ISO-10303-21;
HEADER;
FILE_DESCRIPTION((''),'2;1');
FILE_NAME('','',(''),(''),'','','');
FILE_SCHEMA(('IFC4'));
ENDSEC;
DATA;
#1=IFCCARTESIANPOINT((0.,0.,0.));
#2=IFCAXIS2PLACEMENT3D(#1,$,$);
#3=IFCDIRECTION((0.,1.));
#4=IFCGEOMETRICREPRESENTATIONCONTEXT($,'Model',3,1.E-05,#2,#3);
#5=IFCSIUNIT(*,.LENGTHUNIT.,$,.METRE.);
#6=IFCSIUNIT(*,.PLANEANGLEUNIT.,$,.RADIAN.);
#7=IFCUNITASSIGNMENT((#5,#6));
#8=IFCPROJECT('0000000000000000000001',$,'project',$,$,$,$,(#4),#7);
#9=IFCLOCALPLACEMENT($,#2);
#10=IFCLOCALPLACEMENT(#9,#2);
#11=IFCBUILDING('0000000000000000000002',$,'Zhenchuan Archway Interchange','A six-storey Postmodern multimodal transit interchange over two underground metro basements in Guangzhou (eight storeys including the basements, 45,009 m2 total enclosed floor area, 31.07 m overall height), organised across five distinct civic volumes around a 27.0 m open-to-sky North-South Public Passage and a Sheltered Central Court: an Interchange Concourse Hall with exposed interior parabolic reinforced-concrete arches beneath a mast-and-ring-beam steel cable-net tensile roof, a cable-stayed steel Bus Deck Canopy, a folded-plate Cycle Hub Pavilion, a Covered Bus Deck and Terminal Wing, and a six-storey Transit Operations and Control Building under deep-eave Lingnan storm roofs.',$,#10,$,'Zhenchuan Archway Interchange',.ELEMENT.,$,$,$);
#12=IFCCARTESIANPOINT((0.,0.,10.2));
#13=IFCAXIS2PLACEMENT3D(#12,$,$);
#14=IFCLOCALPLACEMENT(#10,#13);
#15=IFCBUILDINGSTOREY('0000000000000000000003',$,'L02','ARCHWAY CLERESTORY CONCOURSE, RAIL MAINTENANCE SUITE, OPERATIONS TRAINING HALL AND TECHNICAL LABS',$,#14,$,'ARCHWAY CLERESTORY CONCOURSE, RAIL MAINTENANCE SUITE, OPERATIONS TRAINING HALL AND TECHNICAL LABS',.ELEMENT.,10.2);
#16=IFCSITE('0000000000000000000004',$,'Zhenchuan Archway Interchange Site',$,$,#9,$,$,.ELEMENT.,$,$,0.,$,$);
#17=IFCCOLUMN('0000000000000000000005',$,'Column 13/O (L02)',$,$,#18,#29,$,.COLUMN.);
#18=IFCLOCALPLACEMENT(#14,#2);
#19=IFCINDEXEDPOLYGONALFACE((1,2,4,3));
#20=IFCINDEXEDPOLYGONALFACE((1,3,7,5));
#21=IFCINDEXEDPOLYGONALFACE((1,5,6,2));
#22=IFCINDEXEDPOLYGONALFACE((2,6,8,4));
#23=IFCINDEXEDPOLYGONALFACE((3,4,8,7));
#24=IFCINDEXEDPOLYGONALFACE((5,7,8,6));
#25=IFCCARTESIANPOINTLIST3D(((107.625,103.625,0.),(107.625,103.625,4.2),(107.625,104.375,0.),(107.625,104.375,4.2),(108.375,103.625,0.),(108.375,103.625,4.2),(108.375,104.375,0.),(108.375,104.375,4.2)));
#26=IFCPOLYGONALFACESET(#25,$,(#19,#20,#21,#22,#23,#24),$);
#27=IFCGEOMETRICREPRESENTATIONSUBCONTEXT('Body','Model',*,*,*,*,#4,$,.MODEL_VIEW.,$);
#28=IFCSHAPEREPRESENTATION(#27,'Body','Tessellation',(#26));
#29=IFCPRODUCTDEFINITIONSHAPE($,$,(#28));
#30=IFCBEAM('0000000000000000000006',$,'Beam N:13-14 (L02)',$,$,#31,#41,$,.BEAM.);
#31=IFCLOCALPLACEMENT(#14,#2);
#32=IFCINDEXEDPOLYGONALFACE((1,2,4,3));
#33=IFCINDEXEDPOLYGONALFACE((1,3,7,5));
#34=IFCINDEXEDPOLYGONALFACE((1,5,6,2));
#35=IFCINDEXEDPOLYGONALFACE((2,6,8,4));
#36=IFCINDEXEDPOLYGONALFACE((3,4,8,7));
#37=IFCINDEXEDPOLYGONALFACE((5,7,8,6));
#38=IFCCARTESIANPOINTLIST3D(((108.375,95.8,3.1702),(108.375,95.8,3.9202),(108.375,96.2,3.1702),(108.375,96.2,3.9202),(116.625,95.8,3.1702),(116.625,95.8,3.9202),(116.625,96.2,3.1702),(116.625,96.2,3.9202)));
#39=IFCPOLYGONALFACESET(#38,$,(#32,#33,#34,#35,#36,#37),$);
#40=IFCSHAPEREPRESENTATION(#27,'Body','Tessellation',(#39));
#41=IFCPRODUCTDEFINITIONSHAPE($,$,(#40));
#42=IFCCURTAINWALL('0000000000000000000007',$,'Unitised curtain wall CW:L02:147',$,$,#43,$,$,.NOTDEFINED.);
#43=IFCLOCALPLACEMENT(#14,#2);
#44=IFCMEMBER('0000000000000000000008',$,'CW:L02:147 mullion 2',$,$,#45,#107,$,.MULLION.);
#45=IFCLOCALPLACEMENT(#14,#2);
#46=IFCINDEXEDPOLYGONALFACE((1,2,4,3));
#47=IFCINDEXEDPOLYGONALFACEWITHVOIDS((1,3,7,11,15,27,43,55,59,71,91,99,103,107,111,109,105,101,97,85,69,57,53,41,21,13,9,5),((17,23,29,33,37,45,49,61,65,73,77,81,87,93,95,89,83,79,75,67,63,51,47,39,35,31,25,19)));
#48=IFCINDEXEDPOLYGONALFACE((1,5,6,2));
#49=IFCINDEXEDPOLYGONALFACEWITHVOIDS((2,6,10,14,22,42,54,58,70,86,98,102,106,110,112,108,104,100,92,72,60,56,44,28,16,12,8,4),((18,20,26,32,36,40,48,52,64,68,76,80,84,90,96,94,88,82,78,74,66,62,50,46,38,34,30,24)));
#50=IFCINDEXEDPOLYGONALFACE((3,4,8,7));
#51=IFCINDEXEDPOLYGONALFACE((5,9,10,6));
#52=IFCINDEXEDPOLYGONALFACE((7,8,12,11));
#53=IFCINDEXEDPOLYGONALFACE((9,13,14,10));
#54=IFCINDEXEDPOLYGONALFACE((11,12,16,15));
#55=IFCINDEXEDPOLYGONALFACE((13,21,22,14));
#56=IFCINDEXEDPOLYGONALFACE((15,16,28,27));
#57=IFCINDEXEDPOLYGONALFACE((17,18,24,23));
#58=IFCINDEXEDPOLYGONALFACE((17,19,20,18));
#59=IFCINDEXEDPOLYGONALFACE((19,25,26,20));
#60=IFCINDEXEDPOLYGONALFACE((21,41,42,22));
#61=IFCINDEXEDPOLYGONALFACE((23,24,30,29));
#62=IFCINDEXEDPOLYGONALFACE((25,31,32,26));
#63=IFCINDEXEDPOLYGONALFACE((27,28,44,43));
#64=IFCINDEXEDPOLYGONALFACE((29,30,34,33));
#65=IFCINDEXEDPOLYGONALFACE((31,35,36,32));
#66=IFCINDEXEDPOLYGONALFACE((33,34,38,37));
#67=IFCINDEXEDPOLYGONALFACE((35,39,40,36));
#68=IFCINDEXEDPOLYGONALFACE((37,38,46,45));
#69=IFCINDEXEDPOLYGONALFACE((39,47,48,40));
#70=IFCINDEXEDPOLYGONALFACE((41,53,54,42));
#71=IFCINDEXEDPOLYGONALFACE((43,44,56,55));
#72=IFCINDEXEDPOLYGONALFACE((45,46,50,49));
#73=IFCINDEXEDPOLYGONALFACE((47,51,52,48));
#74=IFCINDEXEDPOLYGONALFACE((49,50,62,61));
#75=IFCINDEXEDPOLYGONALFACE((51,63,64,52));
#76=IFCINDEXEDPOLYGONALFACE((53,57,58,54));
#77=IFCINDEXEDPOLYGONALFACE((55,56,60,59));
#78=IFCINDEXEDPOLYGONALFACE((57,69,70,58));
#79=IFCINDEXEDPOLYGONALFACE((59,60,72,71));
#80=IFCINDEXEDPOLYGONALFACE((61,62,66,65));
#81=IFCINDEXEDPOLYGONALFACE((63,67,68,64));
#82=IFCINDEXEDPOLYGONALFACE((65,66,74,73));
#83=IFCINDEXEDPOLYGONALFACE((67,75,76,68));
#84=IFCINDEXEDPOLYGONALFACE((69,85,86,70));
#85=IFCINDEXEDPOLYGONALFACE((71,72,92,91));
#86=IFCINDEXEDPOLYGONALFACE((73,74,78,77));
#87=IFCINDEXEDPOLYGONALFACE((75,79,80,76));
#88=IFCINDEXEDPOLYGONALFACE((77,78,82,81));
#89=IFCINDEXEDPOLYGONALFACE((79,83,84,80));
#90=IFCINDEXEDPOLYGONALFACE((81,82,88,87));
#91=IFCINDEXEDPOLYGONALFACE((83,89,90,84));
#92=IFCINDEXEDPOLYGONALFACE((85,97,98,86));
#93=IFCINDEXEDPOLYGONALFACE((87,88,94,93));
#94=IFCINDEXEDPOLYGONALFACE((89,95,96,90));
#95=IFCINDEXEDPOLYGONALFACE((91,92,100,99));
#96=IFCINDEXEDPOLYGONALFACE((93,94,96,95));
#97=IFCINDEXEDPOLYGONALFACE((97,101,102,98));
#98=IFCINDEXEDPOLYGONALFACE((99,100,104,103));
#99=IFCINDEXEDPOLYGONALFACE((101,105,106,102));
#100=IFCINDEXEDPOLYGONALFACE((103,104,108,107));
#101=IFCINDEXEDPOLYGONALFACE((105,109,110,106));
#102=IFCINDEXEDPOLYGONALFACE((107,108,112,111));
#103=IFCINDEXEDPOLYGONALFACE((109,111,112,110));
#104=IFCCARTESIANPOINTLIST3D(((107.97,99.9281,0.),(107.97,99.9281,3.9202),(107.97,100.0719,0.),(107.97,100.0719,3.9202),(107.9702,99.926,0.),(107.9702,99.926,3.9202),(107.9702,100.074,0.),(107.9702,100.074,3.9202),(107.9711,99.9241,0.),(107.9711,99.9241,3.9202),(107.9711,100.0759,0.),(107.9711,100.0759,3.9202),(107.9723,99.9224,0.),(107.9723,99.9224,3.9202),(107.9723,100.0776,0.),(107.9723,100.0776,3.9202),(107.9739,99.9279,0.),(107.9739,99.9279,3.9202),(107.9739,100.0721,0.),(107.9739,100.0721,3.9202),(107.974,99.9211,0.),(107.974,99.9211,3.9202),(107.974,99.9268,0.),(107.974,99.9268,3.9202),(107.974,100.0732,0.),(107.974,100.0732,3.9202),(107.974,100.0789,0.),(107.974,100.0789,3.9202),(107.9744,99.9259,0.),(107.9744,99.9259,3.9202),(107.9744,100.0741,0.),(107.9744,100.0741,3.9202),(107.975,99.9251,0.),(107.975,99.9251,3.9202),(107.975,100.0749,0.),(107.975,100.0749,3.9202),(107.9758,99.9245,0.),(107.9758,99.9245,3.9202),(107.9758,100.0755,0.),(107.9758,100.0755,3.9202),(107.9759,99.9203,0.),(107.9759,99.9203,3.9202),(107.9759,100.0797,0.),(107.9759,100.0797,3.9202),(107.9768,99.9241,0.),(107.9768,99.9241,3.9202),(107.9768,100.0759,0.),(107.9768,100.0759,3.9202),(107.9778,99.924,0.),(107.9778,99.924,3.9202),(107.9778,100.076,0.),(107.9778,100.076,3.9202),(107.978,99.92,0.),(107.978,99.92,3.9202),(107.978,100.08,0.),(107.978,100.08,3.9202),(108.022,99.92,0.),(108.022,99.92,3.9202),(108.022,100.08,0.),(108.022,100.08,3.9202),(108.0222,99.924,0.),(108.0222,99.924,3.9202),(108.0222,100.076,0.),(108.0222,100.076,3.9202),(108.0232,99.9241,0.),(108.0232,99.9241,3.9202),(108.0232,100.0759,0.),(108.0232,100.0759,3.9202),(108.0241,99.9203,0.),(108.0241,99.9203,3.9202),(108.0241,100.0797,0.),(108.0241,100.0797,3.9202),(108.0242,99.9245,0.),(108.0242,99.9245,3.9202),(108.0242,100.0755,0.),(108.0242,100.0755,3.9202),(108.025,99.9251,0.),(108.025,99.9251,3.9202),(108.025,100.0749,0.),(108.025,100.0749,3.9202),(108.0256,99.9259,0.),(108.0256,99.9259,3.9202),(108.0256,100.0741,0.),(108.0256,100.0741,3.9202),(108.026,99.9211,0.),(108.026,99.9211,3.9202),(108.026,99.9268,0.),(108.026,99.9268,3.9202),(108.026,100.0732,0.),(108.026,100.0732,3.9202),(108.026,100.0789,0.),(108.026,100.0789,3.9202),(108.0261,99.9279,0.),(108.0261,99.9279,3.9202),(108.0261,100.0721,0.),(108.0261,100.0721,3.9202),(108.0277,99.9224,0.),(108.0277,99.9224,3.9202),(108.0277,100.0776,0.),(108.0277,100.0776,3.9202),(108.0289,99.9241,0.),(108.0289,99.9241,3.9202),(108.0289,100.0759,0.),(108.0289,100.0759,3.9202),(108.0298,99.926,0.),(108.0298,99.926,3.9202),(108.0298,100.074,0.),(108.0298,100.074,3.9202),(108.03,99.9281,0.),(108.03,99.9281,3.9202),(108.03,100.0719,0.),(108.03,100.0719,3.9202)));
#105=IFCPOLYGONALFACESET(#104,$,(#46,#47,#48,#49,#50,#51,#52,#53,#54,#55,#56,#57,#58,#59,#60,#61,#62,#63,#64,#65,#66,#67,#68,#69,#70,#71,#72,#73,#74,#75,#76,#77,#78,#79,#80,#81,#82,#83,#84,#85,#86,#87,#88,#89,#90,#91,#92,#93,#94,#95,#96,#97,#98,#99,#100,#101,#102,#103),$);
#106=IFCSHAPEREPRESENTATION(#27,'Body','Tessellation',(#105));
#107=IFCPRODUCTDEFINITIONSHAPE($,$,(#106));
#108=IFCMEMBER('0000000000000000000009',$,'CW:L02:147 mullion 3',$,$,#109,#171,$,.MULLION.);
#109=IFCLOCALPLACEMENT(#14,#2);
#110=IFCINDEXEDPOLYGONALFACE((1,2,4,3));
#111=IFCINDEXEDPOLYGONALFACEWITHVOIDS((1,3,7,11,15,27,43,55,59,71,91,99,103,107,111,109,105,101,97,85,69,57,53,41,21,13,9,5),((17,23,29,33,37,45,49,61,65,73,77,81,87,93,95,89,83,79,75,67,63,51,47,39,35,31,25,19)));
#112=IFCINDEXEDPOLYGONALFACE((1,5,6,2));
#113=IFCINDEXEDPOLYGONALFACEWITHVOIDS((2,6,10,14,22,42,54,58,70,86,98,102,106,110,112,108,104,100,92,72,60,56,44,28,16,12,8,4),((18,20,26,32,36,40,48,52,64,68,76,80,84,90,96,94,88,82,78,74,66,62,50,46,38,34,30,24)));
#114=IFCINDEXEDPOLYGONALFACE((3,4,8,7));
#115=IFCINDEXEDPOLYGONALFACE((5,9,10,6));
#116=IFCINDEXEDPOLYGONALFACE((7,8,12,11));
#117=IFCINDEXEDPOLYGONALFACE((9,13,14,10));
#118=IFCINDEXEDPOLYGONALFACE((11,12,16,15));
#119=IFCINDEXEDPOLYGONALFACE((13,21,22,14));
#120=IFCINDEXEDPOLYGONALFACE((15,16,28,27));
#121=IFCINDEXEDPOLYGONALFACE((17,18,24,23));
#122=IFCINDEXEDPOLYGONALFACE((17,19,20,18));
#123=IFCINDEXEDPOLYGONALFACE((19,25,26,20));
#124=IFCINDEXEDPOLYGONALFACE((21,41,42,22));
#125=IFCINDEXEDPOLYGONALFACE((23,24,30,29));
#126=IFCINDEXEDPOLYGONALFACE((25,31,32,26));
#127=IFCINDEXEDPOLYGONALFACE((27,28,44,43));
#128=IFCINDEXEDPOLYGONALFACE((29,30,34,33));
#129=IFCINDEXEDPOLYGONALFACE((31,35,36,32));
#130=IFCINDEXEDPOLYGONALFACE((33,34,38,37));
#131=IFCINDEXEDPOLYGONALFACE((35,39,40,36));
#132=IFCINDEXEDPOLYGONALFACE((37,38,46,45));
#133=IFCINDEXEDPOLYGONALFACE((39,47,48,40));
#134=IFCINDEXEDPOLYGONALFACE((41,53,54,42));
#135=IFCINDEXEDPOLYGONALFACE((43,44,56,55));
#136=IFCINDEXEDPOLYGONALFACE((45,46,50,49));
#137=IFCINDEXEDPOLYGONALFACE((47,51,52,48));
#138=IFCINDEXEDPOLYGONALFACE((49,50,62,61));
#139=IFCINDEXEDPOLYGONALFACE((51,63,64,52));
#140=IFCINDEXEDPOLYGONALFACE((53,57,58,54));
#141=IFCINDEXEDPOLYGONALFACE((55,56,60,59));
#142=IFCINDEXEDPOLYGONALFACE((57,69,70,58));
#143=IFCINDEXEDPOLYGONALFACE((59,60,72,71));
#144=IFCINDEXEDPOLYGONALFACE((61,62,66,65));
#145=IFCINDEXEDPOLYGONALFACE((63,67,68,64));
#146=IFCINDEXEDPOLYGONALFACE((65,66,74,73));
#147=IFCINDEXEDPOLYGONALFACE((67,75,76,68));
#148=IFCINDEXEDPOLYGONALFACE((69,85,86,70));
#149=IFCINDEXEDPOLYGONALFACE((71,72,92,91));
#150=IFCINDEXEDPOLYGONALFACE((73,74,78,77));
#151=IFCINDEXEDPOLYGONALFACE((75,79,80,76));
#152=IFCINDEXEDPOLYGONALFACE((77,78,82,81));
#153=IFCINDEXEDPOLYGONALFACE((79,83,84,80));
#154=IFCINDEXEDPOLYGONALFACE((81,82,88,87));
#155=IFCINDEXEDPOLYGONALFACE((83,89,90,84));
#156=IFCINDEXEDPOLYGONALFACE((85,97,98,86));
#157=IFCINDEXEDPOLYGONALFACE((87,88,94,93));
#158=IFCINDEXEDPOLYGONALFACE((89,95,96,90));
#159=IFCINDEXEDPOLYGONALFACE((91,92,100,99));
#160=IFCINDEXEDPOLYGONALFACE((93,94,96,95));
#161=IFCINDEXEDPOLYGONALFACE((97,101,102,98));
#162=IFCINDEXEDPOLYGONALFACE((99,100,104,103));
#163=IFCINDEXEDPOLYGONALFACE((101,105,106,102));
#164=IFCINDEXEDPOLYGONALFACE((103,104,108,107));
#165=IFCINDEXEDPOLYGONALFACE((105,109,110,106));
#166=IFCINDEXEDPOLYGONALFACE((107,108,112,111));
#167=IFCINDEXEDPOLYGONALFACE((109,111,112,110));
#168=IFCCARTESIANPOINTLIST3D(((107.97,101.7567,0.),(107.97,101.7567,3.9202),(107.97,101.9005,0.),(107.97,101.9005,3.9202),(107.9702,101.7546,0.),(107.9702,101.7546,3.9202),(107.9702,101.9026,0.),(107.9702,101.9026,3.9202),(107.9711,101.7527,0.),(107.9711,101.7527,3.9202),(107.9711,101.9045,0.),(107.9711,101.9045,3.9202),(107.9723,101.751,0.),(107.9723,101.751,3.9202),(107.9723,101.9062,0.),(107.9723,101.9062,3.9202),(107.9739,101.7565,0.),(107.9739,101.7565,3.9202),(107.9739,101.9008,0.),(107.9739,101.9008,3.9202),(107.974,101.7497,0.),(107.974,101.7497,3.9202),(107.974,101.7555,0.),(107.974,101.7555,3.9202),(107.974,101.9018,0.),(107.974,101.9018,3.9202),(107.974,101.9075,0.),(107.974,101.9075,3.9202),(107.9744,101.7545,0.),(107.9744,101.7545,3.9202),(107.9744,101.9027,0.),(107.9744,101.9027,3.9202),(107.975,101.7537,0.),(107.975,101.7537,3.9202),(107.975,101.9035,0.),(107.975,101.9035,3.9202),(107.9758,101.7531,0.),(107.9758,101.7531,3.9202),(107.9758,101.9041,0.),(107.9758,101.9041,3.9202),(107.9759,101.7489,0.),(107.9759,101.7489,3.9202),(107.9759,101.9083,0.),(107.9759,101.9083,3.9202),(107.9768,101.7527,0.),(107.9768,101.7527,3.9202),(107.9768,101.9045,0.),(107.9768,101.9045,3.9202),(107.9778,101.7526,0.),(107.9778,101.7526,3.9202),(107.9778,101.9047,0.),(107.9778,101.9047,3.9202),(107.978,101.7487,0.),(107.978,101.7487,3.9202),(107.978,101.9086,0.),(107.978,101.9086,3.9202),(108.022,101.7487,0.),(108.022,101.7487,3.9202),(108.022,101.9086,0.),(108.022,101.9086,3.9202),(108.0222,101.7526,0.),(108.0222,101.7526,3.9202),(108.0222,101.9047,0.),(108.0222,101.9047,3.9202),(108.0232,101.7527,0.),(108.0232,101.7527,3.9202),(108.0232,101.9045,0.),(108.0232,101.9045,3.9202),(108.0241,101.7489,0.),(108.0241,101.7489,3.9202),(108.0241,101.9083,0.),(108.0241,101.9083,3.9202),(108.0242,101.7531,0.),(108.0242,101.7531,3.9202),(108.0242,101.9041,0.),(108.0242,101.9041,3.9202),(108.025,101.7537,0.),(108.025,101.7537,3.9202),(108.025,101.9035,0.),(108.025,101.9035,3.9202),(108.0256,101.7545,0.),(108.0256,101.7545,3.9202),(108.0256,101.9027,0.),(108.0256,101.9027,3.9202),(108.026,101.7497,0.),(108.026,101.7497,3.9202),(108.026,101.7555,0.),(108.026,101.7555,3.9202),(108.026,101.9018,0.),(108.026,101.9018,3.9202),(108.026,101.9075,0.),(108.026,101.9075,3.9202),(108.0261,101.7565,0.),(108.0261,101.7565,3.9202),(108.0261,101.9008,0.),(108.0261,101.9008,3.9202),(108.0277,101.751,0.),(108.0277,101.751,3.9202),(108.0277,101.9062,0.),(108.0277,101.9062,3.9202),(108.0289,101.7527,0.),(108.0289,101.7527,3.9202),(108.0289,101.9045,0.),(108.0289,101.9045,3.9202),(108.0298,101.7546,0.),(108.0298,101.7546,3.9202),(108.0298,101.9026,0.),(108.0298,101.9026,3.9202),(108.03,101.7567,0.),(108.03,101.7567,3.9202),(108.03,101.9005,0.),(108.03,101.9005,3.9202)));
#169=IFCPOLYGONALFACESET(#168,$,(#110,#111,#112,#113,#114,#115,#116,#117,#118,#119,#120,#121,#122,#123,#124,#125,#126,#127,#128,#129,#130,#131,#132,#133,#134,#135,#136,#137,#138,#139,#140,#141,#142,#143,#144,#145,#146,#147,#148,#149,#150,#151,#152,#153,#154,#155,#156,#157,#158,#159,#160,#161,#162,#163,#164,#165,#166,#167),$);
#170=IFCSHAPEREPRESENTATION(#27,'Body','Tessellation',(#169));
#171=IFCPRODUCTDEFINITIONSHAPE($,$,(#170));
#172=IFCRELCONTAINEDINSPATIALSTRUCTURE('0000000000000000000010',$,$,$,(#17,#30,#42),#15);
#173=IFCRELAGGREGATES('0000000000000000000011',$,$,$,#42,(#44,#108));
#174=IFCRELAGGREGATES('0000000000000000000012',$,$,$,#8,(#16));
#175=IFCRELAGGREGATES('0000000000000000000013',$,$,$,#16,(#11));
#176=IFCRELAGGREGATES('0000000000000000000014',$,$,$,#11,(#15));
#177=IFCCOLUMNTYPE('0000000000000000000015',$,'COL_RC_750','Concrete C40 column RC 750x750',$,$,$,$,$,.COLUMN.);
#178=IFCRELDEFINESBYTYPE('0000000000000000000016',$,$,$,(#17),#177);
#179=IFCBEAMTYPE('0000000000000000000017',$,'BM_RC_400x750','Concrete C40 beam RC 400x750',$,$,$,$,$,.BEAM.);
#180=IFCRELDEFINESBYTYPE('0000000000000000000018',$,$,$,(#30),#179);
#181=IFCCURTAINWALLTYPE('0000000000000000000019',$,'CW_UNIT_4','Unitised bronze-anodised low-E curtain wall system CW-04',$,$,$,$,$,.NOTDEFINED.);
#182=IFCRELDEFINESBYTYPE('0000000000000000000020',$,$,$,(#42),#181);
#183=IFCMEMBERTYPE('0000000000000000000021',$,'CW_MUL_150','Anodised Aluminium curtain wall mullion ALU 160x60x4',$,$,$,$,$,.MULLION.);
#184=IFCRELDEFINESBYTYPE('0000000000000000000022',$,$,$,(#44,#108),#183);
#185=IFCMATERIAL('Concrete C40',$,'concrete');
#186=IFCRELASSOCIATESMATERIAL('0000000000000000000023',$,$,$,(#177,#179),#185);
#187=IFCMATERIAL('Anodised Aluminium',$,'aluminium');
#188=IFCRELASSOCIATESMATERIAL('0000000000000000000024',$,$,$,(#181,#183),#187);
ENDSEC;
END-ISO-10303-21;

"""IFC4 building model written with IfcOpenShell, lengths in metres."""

from ifc_helpers import new_model, si_unit, direction, frame, origin, origin_2d, place, context, subcontext, project, spatial, rectangle, hollow_rectangle, extrude, material, material_profile, profile_set, type_object, element, aggregate, save


model = new_model("IFC4")

# Units and contexts
model_context = context("Model", 3, precision=1e-05, world=origin(), true_north=direction((0.0, 1.0)))
body_context = subcontext(model_context, "Body", "Model", "MODEL_VIEW")
ifc_project = project(units=[si_unit("LENGTHUNIT", "METRE"), si_unit("PLANEANGLEUNIT", "RADIAN")], contexts=[model_context])

# Site, building, storey
site_placement = place(None, origin())
site = spatial("IfcSite", under=ifc_project, at=site_placement, Name="Zhenchuan Archway Interchange Site", CompositionType="ELEMENT", RefElevation=0.0)
building_placement = place(site_placement, origin())
building = spatial("IfcBuilding", under=site, at=building_placement, Name="Zhenchuan Archway Interchange", Description="A six-storey Postmodern multimodal transit interchange over two underground metro basements in Guangzhou (eight storeys including the basements, 45,009 m2 total enclosed floor area, 31.07 m overall height), organised across five distinct civic volumes around a 27.0 m open-to-sky North-South Public Passage and a Sheltered Central Court: an Interchange Concourse Hall with exposed interior parabolic reinforced-concrete arches beneath a mast-and-ring-beam steel cable-net tensile roof, a cable-stayed steel Bus Deck Canopy, a folded-plate Cycle Hub Pavilion, a Covered Bus Deck and Terminal Wing, and a six-storey Transit Operations and Control Building under deep-eave Lingnan storm roofs.", LongName="Zhenchuan Archway Interchange", CompositionType="ELEMENT")
storey_placement = place(building_placement, frame((0.0, 0.0, 10.2)))
storey = spatial("IfcBuildingStorey", under=building, at=storey_placement, Name="L02", Description="ARCHWAY CLERESTORY CONCOURSE, RAIL MAINTENANCE SUITE, OPERATIONS TRAINING HALL AND TECHNICAL LABS", LongName="ARCHWAY CLERESTORY CONCOURSE, RAIL MAINTENANCE SUITE, OPERATIONS TRAINING HALL AND TECHNICAL LABS", CompositionType="ELEMENT", Elevation=10.2)

# Column
ifc_material_1 = material(Name="Concrete C40", Category="concrete")
ifc_material_profile_1 = material_profile(ifc_material_1, rectangle(XDim=0.75, YDim=0.75, at=origin_2d()), Name="RC 750x750")
ifc_profile_set_1 = profile_set([ifc_material_profile_1], Name="Concrete C40")
column_type = type_object("IfcColumnType", Name="COL_RC_750", Description="Concrete C40 column RC 750x750", PredefinedType="COLUMN", material=ifc_profile_set_1)
column_placement = place(storey_placement, frame((108.0, 104.0, 0.0), z_axis=(0.0, 0.0, 1.0), x_axis=(1.0, 0.0, 0.0)))
element("IfcColumn", 1, at=column_placement, inside=storey, type_object=column_type, Name="Column 13/O (L02)", PredefinedType="COLUMN", context=body_context, shape_type="SweptSolid", body=[
    extrude(rectangle(XDim=0.75, YDim=0.75, at=origin_2d()), origin(), (0.0, 0.0, 1.0), 4.2),
])

# Beam
ifc_material_profile_2 = material_profile(ifc_material_1, rectangle(XDim=0.3999, YDim=0.75, at=origin_2d()), Name="RC 400x750")
ifc_profile_set_2 = profile_set([ifc_material_profile_2], Name="Concrete C40")
beam_type_1 = type_object("IfcBeamType", Name="BM_RC_400x750", Description="Concrete C40 beam RC 400x750", PredefinedType="BEAM", material=ifc_profile_set_2)
beam_placement = place(storey_placement, frame((108.375, 96.0, 3.5452), z_axis=(1.0, 0.0, 0.0), x_axis=(0.0, 1.0, 0.0)))
element("IfcBeam", 2, at=beam_placement, inside=storey, type_object=beam_type_1, Name="Beam N:13-14 (L02)", PredefinedType="BEAM", context=body_context, shape_type="SweptSolid", body=[
    extrude(rectangle(XDim=0.3999, YDim=0.75, at=origin_2d()), origin(), (0.0, 0.0, 1.0), 8.25),
])

# Curtain wall, members
ifc_material_2 = material(Name="Anodised Aluminium", Category="aluminium")
curtain_wall_type = type_object("IfcCurtainWallType", Name="CW_UNIT_4", Description="Unitised bronze-anodised low-E curtain wall system CW-04", PredefinedType="NOTDEFINED", material=ifc_material_2)
curtain_wall_placement = place(storey_placement, origin())
curtain_wall = element("IfcCurtainWall", 3, at=curtain_wall_placement, inside=storey, type_object=curtain_wall_type, Name="Unitised curtain wall CW:L02:147", PredefinedType="NOTDEFINED")
ifc_material_profile_3 = material_profile(ifc_material_2, hollow_rectangle(XDim=0.0601, YDim=0.1599, WallThickness=0.0039, InnerFilletRadius=0.0039, OuterFilletRadius=0.0081, at=origin_2d()), Name="ALU 160x60x4")
ifc_profile_set_3 = profile_set([ifc_material_profile_3], Name="Anodised Aluminium")
member_type_1 = type_object("IfcMemberType", Name="CW_MUL_150", Description="Anodised Aluminium curtain wall mullion ALU 160x60x4", PredefinedType="MULLION", material=ifc_profile_set_3)
member_1_placement = place(storey_placement, frame((108.0, 100.0, 0.0), z_axis=(0.0, 0.0, 1.0), x_axis=(1.0, 0.0, 0.0)))
member_1 = element("IfcMember", 4, at=member_1_placement, type_object=member_type_1, Name="CW:L02:147 mullion 2", PredefinedType="MULLION", context=body_context, shape_type="SweptSolid", body=[
    extrude(hollow_rectangle(XDim=0.0601, YDim=0.1599, WallThickness=0.0039, InnerFilletRadius=0.0039, OuterFilletRadius=0.0081, at=origin_2d()), origin(), (0.0, 0.0, 1.0), 3.9202),
])
member_2_placement = place(storey_placement, frame((108.0, 101.8286, 0.0), z_axis=(0.0, 0.0, 1.0), x_axis=(1.0, 0.0, 0.0)))
member_2 = element("IfcMember", 5, at=member_2_placement, type_object=member_type_1, Name="CW:L02:147 mullion 3", PredefinedType="MULLION", context=body_context, shape_type="SweptSolid", body=[
    extrude(hollow_rectangle(XDim=0.0601, YDim=0.1599, WallThickness=0.0039, InnerFilletRadius=0.0039, OuterFilletRadius=0.0081, at=origin_2d()), origin(), (0.0, 0.0, 1.0), 3.9202),
])

aggregate(curtain_wall, [member_1, member_2])

save(model, "model.ifc")
